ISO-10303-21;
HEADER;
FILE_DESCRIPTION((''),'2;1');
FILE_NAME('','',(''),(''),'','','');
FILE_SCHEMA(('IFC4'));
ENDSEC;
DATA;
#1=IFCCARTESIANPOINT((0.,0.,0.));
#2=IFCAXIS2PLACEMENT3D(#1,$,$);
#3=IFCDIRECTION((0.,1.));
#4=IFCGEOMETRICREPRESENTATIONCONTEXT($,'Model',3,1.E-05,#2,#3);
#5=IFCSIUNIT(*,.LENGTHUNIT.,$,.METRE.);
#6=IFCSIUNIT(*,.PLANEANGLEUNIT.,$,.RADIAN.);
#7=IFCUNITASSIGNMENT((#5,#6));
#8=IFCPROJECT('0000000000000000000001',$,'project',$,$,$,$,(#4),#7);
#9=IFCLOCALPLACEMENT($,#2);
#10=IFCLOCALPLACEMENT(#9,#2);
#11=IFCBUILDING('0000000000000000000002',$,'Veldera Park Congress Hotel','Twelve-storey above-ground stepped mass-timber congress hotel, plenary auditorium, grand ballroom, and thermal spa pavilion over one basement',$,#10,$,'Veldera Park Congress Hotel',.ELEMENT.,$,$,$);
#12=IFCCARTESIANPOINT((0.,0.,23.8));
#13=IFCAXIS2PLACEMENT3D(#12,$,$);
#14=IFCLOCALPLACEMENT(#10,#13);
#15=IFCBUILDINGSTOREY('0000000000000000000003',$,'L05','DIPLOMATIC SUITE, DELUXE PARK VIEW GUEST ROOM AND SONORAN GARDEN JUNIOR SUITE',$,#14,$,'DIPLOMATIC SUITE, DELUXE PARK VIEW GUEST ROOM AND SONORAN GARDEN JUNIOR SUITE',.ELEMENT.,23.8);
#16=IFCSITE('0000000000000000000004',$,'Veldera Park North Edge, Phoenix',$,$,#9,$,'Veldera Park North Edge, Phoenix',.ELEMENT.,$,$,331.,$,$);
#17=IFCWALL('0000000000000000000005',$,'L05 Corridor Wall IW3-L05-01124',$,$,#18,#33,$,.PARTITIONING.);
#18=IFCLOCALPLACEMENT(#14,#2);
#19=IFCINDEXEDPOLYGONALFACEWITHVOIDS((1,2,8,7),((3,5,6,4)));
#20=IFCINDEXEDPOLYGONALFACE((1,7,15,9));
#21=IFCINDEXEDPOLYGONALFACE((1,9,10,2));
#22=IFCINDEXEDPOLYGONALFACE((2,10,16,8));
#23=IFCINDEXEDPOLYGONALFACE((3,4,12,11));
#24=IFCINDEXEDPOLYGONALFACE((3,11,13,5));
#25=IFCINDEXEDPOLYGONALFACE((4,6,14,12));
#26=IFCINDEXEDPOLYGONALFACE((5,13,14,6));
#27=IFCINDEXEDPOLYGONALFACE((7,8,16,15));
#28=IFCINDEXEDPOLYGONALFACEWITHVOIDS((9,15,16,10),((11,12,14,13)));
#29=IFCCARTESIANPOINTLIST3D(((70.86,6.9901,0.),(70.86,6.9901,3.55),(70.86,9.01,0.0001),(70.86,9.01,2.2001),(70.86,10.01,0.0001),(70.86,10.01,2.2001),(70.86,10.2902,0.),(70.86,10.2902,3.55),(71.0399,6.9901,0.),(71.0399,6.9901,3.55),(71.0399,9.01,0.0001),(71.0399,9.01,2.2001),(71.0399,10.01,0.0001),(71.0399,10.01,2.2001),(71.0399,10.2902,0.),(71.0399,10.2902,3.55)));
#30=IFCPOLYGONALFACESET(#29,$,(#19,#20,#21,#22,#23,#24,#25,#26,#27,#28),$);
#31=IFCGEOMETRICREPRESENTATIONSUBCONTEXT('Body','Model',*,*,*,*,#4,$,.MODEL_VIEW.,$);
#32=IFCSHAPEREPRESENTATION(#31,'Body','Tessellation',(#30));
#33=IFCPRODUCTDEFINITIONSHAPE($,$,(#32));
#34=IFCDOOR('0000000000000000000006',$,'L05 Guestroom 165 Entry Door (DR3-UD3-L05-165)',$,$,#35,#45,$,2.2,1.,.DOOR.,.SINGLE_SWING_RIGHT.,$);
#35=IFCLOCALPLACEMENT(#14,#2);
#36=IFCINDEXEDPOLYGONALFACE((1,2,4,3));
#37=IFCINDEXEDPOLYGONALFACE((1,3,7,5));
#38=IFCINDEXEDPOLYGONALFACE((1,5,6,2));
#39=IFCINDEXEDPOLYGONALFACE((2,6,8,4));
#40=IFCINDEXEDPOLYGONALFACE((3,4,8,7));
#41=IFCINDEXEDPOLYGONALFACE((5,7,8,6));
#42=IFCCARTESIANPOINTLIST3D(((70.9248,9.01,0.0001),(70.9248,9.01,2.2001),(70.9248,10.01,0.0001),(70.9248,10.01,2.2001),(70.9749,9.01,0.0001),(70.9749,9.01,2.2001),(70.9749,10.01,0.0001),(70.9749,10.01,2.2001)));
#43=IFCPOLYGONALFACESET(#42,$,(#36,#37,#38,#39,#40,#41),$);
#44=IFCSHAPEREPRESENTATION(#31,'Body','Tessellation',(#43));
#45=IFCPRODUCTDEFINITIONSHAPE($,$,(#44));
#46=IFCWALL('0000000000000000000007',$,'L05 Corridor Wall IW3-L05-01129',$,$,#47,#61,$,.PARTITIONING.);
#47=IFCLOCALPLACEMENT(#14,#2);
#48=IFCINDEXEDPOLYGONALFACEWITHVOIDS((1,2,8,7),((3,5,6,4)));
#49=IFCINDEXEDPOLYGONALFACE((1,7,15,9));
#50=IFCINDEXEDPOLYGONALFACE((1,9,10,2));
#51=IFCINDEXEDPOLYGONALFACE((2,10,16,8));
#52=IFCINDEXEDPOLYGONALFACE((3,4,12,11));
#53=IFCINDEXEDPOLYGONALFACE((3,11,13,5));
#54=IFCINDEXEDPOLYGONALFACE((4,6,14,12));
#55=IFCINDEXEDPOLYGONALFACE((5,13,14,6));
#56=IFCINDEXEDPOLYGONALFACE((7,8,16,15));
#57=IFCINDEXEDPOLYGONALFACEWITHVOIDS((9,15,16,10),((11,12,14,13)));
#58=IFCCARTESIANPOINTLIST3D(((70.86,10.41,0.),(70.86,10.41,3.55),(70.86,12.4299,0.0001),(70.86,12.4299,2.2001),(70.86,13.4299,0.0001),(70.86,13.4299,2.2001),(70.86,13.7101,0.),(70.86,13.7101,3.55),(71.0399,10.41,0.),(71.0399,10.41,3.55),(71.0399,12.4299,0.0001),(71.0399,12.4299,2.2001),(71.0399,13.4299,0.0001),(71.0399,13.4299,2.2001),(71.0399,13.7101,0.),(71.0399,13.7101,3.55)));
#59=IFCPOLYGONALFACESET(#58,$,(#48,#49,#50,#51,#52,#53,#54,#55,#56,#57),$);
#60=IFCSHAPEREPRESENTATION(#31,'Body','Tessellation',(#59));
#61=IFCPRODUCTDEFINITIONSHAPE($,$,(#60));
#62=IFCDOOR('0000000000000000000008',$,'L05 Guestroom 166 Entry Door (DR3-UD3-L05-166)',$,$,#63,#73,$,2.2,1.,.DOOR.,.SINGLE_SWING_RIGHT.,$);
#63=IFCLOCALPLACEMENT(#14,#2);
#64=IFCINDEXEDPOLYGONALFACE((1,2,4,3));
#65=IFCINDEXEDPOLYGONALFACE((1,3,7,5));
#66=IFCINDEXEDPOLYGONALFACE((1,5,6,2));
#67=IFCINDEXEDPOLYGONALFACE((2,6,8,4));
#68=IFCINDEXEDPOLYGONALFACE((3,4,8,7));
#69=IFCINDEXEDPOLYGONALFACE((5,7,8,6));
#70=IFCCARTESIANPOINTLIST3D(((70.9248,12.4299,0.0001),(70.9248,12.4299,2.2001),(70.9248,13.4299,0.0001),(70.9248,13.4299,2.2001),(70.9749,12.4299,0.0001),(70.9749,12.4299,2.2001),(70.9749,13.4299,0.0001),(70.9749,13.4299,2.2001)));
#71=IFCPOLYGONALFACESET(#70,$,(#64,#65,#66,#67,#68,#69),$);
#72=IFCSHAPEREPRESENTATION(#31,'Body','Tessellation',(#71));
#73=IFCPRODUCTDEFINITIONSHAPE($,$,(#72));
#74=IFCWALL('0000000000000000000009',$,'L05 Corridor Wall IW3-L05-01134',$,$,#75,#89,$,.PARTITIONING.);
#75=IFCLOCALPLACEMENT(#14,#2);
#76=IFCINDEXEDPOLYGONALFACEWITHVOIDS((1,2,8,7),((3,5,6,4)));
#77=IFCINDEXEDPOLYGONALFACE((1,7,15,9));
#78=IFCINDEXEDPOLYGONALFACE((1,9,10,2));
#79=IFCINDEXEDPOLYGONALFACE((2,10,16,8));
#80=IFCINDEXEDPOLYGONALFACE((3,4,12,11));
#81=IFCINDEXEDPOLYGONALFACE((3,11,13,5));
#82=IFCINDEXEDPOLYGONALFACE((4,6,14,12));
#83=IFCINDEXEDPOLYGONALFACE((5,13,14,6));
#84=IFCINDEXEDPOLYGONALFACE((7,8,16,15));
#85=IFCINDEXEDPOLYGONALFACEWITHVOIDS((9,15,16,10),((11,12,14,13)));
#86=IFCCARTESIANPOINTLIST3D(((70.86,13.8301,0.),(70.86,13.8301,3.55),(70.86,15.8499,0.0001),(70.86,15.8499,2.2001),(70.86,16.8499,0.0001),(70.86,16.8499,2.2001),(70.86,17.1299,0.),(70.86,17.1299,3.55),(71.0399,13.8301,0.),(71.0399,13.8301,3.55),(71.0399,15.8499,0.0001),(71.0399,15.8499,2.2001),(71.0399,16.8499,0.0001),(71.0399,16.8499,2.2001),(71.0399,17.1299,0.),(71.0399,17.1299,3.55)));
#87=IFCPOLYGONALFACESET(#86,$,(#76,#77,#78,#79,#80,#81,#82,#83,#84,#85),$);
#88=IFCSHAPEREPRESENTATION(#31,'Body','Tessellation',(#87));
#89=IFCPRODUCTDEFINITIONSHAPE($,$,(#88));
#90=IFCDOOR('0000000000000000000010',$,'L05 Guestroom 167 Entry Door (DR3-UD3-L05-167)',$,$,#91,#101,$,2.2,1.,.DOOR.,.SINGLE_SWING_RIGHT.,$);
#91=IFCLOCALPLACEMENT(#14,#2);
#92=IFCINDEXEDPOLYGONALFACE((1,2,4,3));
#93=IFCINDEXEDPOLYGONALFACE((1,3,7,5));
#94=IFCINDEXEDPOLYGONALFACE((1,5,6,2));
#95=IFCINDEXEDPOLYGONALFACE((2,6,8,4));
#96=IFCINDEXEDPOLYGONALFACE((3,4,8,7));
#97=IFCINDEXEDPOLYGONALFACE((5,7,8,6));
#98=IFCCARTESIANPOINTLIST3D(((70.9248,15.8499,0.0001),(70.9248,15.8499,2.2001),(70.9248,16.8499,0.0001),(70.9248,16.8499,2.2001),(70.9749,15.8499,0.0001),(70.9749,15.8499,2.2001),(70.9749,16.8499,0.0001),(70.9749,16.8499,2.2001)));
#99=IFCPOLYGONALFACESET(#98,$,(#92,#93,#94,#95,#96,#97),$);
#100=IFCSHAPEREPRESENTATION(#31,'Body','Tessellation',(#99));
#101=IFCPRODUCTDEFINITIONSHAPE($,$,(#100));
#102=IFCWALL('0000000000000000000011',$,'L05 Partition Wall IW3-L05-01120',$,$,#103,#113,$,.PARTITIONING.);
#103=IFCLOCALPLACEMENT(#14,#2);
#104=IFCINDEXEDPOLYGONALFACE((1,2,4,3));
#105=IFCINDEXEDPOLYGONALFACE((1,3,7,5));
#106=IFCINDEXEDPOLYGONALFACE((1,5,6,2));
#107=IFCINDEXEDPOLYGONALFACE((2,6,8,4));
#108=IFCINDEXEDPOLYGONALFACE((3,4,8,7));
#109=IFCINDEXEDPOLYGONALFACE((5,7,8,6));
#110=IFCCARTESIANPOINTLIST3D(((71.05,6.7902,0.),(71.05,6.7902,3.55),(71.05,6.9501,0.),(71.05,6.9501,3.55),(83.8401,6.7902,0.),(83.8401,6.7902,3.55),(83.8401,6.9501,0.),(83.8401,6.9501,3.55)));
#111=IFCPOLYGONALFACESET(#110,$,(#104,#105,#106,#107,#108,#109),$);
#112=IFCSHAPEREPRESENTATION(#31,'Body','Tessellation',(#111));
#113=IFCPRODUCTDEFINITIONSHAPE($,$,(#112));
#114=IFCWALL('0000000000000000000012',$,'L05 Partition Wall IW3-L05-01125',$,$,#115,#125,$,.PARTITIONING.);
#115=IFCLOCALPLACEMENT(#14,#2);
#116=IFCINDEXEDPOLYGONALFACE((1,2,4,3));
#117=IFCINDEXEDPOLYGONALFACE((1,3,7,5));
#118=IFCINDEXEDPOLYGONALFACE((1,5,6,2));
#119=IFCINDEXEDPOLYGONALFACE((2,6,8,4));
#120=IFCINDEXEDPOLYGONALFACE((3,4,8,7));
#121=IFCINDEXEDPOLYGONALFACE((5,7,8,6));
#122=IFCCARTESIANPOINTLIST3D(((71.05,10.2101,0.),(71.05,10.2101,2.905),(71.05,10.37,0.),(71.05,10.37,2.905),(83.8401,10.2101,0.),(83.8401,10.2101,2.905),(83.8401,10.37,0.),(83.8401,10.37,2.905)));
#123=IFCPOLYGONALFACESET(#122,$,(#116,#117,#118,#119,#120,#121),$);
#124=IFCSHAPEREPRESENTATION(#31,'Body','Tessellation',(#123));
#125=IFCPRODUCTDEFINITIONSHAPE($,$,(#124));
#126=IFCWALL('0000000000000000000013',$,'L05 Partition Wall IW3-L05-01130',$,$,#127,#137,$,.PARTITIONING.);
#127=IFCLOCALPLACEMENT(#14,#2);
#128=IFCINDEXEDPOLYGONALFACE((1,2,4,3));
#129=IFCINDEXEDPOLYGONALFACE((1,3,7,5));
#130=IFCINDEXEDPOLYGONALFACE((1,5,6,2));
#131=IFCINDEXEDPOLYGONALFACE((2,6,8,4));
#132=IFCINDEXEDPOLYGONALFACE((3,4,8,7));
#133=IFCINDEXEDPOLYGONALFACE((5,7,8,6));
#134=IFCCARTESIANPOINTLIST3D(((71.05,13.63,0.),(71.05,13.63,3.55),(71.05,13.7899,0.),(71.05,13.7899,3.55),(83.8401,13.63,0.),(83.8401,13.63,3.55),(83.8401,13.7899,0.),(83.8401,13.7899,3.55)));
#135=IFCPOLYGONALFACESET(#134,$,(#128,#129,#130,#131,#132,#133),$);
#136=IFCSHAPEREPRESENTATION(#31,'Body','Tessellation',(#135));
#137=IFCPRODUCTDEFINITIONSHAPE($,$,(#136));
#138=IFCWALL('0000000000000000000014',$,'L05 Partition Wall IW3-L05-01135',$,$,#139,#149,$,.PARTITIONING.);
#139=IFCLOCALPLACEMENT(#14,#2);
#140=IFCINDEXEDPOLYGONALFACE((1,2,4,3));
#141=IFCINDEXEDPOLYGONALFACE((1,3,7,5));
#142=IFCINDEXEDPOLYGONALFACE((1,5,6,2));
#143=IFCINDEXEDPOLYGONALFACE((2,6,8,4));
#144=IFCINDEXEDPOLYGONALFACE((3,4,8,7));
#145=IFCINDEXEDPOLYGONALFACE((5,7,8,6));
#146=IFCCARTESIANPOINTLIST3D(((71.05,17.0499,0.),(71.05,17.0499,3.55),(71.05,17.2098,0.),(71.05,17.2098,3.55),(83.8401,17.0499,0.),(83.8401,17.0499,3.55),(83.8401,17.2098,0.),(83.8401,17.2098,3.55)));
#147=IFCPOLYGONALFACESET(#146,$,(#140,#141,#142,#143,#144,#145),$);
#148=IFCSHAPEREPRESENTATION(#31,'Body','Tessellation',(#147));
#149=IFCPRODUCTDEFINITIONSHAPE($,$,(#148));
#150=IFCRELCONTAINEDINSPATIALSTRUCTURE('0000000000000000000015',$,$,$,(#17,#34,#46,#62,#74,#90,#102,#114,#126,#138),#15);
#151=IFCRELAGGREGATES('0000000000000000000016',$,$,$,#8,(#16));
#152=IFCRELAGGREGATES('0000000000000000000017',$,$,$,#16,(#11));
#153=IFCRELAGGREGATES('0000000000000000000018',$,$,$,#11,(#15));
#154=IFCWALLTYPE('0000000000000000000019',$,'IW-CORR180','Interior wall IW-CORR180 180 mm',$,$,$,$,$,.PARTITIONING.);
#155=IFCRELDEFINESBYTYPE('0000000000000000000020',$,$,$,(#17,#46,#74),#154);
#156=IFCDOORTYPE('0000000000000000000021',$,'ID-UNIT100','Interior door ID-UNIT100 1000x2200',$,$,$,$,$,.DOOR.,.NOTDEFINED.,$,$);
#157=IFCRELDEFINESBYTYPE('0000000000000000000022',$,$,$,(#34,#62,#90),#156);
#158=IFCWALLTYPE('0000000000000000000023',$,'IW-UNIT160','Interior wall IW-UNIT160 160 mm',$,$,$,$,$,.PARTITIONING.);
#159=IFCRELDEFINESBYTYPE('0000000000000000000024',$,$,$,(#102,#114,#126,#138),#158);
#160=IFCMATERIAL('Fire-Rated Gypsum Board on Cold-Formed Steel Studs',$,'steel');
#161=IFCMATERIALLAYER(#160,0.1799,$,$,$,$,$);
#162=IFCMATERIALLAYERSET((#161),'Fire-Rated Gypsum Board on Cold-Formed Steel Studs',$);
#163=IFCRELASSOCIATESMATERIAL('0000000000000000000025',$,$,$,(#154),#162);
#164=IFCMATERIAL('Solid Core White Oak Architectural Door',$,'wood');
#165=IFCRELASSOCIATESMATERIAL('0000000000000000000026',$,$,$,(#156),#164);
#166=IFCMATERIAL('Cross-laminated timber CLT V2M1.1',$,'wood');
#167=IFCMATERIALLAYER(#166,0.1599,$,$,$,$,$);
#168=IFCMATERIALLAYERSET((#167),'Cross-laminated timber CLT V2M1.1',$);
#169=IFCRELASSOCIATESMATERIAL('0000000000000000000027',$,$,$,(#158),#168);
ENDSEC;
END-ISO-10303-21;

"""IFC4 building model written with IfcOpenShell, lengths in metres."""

from ifc_helpers import new_model, si_unit, direction, frame, frame_2d, origin, place, context, subcontext, project, spatial, rectangle, extrude, material, layer, layer_set, type_object, element, fill, save


model = new_model("IFC4")

# Units and contexts
model_context = context("Model", 3, precision=1e-05, world=origin(), true_north=direction((0.0, 1.0)))
body_context = subcontext(model_context, "Body", "Model", "MODEL_VIEW")
ifc_project = project(units=[si_unit("LENGTHUNIT", "METRE"), si_unit("PLANEANGLEUNIT", "RADIAN")], contexts=[model_context])

# Site, building, storey
site_placement = place(None, origin())
site = spatial("IfcSite", under=ifc_project, at=site_placement, Name="Veldera Park North Edge, Phoenix", LongName="Veldera Park North Edge, Phoenix", CompositionType="ELEMENT", RefElevation=331.0)
building_placement = place(site_placement, origin())
building = spatial("IfcBuilding", under=site, at=building_placement, Name="Veldera Park Congress Hotel", Description="Twelve-storey above-ground stepped mass-timber congress hotel, plenary auditorium, grand ballroom, and thermal spa pavilion over one basement", LongName="Veldera Park Congress Hotel", CompositionType="ELEMENT")
storey_placement = place(building_placement, frame((0.0, 0.0, 23.8)))
storey = spatial("IfcBuildingStorey", under=building, at=storey_placement, Name="L05", Description="DIPLOMATIC SUITE, DELUXE PARK VIEW GUEST ROOM AND SONORAN GARDEN JUNIOR SUITE", LongName="DIPLOMATIC SUITE, DELUXE PARK VIEW GUEST ROOM AND SONORAN GARDEN JUNIOR SUITE", CompositionType="ELEMENT", Elevation=23.8)

# Shared definitions
ifc_material_1 = material(Name="Fire-Rated Gypsum Board on Cold-Formed Steel Studs", Category="steel")

# Shared definitions
ifc_material_2 = material(Name="Solid Core White Oak Architectural Door", Category="wood")

# Walls, openings, doors
ifc_layer_1 = layer(ifc_material_1, 0.1799)
ifc_layer_set_1 = layer_set([ifc_layer_1], Name="Fire-Rated Gypsum Board on Cold-Formed Steel Studs")
wall_type_1 = type_object("IfcWallType", Name="IW-CORR180", Description="Interior wall IW-CORR180 180 mm", PredefinedType="PARTITIONING", material=ifc_layer_set_1)
door_type_1 = type_object("IfcDoorType", Name="ID-UNIT100", Description="Interior door ID-UNIT100 1000x2200", OperationType="NOTDEFINED", PredefinedType="DOOR", material=ifc_material_2)
wall_1_placement = place(storey_placement, frame((70.95, 10.29, 0.0), z_axis=(0.0, 0.0, 1.0), x_axis=(0.0, -1.0, 0.0)))
wall_1 = element("IfcWall", 1, at=wall_1_placement, inside=storey, type_object=wall_type_1, Name="L05 Corridor Wall IW3-L05-01124", PredefinedType="PARTITIONING", context=body_context, shape_type="SweptSolid", body=[
    extrude(rectangle(XDim=3.3, YDim=0.1799, at=frame_2d((1.6499, 0.0))), origin(), (0.0, 0.0, 1.0), 3.55),
])
opening_1_placement = place(wall_1_placement, frame((0.28, 0.0, 0.0)))
opening_1 = element("IfcOpeningElement", 2, at=opening_1_placement, cuts=wall_1, PredefinedType="OPENING", context=body_context, shape_type="SweptSolid", body=[
    extrude(rectangle(XDim=1.0, YDim=2.2, at=frame_2d((0.5, 1.1001))), frame((0.0, 0.1021, 0.0), z_axis=(0.0, -1.0, 0.0), x_axis=(1.0, 0.0, 0.0)), (0.0, 0.0, 1.0), 0.2039),
])
door_1_placement = place(opening_1_placement, origin())
door_1 = element("IfcDoor", 3, at=door_1_placement, inside=storey, type_object=door_type_1, Name="L05 Guestroom 165 Entry Door (DR3-UD3-L05-165)", OperationType="SINGLE_SWING_RIGHT", OverallHeight=2.2, OverallWidth=1.0, PredefinedType="DOOR", context=body_context, shape_type="SweptSolid", body=[
    extrude(rectangle(XDim=1.0, YDim=2.2, at=frame_2d((0.5, 1.1001))), frame((0.0, 0.0249, 0.0), z_axis=(0.0, -1.0, 0.0), x_axis=(1.0, 0.0, 0.0)), (0.0, 0.0, 1.0), 0.05),
])
fill(opening_1, door_1)
wall_2_placement = place(storey_placement, frame((70.95, 13.71, 0.0), z_axis=(0.0, 0.0, 1.0), x_axis=(0.0, -1.0, 0.0)))
wall_2 = element("IfcWall", 4, at=wall_2_placement, inside=storey, type_object=wall_type_1, Name="L05 Corridor Wall IW3-L05-01129", PredefinedType="PARTITIONING", context=body_context, shape_type="SweptSolid", body=[
    extrude(rectangle(XDim=3.3, YDim=0.1799, at=frame_2d((1.6499, 0.0))), origin(), (0.0, 0.0, 1.0), 3.55),
])
opening_2_placement = place(wall_2_placement, frame((0.28, 0.0, 0.0)))
opening_2 = element("IfcOpeningElement", 5, at=opening_2_placement, cuts=wall_2, PredefinedType="OPENING", context=body_context, shape_type="SweptSolid", body=[
    extrude(rectangle(XDim=1.0, YDim=2.2, at=frame_2d((0.5, 1.1001))), frame((0.0, 0.1021, 0.0), z_axis=(0.0, -1.0, 0.0), x_axis=(1.0, 0.0, 0.0)), (0.0, 0.0, 1.0), 0.2039),
])
door_2_placement = place(opening_2_placement, origin())
door_2 = element("IfcDoor", 6, at=door_2_placement, inside=storey, type_object=door_type_1, Name="L05 Guestroom 166 Entry Door (DR3-UD3-L05-166)", OperationType="SINGLE_SWING_RIGHT", OverallHeight=2.2, OverallWidth=1.0, PredefinedType="DOOR", context=body_context, shape_type="SweptSolid", body=[
    extrude(rectangle(XDim=1.0, YDim=2.2, at=frame_2d((0.5, 1.1001))), frame((0.0, 0.0249, 0.0), z_axis=(0.0, -1.0, 0.0), x_axis=(1.0, 0.0, 0.0)), (0.0, 0.0, 1.0), 0.05),
])
fill(opening_2, door_2)
wall_3_placement = place(storey_placement, frame((70.95, 17.1299, 0.0), z_axis=(0.0, 0.0, 1.0), x_axis=(0.0, -1.0, 0.0)))
wall_3 = element("IfcWall", 7, at=wall_3_placement, inside=storey, type_object=wall_type_1, Name="L05 Corridor Wall IW3-L05-01134", PredefinedType="PARTITIONING", context=body_context, shape_type="SweptSolid", body=[
    extrude(rectangle(XDim=3.2998, YDim=0.1799, at=frame_2d((1.6499, 0.0))), origin(), (0.0, 0.0, 1.0), 3.55),
])
opening_3_placement = place(wall_3_placement, frame((0.28, 0.0, 0.0)))
opening_3 = element("IfcOpeningElement", 8, at=opening_3_placement, cuts=wall_3, PredefinedType="OPENING", context=body_context, shape_type="SweptSolid", body=[
    extrude(rectangle(XDim=1.0, YDim=2.2, at=frame_2d((0.5, 1.1001))), frame((0.0, 0.1021, 0.0), z_axis=(0.0, -1.0, 0.0), x_axis=(1.0, 0.0, 0.0)), (0.0, 0.0, 1.0), 0.2039),
])
door_3_placement = place(opening_3_placement, origin())
door_3 = element("IfcDoor", 9, at=door_3_placement, inside=storey, type_object=door_type_1, Name="L05 Guestroom 167 Entry Door (DR3-UD3-L05-167)", OperationType="SINGLE_SWING_RIGHT", OverallHeight=2.2, OverallWidth=1.0, PredefinedType="DOOR", context=body_context, shape_type="SweptSolid", body=[
    extrude(rectangle(XDim=1.0, YDim=2.2, at=frame_2d((0.5, 1.1001))), frame((0.0, 0.0249, 0.0), z_axis=(0.0, -1.0, 0.0), x_axis=(1.0, 0.0, 0.0)), (0.0, 0.0, 1.0), 0.05),
])
fill(opening_3, door_3)

# Walls
ifc_material_3 = material(Name="Cross-laminated timber CLT V2M1.1", Category="wood")
ifc_layer_2 = layer(ifc_material_3, 0.1599)
ifc_layer_set_2 = layer_set([ifc_layer_2], Name="Cross-laminated timber CLT V2M1.1")
wall_type_2 = type_object("IfcWallType", Name="IW-UNIT160", Description="Interior wall IW-UNIT160 160 mm", PredefinedType="PARTITIONING", material=ifc_layer_set_2)
wall_4_placement = place(storey_placement, frame((71.05, 6.8701, 0.0), z_axis=(0.0, 0.0, 1.0), x_axis=(1.0, 0.0, 0.0)))
element("IfcWall", 10, at=wall_4_placement, inside=storey, type_object=wall_type_2, Name="L05 Partition Wall IW3-L05-01120", PredefinedType="PARTITIONING", context=body_context, shape_type="SweptSolid", body=[
    extrude(rectangle(XDim=12.79, YDim=0.1599, at=frame_2d((6.395, 0.0))), origin(), (0.0, 0.0, 1.0), 3.55),
])
wall_5_placement = place(storey_placement, frame((71.05, 10.29, 0.0), z_axis=(0.0, 0.0, 1.0), x_axis=(1.0, 0.0, 0.0)))
element("IfcWall", 11, at=wall_5_placement, inside=storey, type_object=wall_type_2, Name="L05 Partition Wall IW3-L05-01125", PredefinedType="PARTITIONING", context=body_context, shape_type="SweptSolid", body=[
    extrude(rectangle(XDim=12.79, YDim=0.1599, at=frame_2d((6.395, 0.0))), origin(), (0.0, 0.0, 1.0), 2.905),
])
for number, where, z_axis, x_axis, name in (
    (12, (71.05, 13.71, 0.0), (0.0, 0.0, 1.0), (1.0, 0.0, 0.0), "L05 Partition Wall IW3-L05-01130"),
    (13, (71.05, 17.1299, 0.0), (0.0, 0.0, 1.0), (1.0, 0.0, 0.0), "L05 Partition Wall IW3-L05-01135"),
):
    element("IfcWall", number, at=place(storey_placement, frame(where, z_axis=z_axis, x_axis=x_axis)), inside=storey, type_object=wall_type_2, Name=name, PredefinedType="PARTITIONING", context=body_context, shape_type="SweptSolid", body=[
        extrude(rectangle(XDim=12.79, YDim=0.1599, at=frame_2d((6.395, 0.0))), origin(), (0.0, 0.0, 1.0), 3.55),
    ])

save(model, "model.ifc")
